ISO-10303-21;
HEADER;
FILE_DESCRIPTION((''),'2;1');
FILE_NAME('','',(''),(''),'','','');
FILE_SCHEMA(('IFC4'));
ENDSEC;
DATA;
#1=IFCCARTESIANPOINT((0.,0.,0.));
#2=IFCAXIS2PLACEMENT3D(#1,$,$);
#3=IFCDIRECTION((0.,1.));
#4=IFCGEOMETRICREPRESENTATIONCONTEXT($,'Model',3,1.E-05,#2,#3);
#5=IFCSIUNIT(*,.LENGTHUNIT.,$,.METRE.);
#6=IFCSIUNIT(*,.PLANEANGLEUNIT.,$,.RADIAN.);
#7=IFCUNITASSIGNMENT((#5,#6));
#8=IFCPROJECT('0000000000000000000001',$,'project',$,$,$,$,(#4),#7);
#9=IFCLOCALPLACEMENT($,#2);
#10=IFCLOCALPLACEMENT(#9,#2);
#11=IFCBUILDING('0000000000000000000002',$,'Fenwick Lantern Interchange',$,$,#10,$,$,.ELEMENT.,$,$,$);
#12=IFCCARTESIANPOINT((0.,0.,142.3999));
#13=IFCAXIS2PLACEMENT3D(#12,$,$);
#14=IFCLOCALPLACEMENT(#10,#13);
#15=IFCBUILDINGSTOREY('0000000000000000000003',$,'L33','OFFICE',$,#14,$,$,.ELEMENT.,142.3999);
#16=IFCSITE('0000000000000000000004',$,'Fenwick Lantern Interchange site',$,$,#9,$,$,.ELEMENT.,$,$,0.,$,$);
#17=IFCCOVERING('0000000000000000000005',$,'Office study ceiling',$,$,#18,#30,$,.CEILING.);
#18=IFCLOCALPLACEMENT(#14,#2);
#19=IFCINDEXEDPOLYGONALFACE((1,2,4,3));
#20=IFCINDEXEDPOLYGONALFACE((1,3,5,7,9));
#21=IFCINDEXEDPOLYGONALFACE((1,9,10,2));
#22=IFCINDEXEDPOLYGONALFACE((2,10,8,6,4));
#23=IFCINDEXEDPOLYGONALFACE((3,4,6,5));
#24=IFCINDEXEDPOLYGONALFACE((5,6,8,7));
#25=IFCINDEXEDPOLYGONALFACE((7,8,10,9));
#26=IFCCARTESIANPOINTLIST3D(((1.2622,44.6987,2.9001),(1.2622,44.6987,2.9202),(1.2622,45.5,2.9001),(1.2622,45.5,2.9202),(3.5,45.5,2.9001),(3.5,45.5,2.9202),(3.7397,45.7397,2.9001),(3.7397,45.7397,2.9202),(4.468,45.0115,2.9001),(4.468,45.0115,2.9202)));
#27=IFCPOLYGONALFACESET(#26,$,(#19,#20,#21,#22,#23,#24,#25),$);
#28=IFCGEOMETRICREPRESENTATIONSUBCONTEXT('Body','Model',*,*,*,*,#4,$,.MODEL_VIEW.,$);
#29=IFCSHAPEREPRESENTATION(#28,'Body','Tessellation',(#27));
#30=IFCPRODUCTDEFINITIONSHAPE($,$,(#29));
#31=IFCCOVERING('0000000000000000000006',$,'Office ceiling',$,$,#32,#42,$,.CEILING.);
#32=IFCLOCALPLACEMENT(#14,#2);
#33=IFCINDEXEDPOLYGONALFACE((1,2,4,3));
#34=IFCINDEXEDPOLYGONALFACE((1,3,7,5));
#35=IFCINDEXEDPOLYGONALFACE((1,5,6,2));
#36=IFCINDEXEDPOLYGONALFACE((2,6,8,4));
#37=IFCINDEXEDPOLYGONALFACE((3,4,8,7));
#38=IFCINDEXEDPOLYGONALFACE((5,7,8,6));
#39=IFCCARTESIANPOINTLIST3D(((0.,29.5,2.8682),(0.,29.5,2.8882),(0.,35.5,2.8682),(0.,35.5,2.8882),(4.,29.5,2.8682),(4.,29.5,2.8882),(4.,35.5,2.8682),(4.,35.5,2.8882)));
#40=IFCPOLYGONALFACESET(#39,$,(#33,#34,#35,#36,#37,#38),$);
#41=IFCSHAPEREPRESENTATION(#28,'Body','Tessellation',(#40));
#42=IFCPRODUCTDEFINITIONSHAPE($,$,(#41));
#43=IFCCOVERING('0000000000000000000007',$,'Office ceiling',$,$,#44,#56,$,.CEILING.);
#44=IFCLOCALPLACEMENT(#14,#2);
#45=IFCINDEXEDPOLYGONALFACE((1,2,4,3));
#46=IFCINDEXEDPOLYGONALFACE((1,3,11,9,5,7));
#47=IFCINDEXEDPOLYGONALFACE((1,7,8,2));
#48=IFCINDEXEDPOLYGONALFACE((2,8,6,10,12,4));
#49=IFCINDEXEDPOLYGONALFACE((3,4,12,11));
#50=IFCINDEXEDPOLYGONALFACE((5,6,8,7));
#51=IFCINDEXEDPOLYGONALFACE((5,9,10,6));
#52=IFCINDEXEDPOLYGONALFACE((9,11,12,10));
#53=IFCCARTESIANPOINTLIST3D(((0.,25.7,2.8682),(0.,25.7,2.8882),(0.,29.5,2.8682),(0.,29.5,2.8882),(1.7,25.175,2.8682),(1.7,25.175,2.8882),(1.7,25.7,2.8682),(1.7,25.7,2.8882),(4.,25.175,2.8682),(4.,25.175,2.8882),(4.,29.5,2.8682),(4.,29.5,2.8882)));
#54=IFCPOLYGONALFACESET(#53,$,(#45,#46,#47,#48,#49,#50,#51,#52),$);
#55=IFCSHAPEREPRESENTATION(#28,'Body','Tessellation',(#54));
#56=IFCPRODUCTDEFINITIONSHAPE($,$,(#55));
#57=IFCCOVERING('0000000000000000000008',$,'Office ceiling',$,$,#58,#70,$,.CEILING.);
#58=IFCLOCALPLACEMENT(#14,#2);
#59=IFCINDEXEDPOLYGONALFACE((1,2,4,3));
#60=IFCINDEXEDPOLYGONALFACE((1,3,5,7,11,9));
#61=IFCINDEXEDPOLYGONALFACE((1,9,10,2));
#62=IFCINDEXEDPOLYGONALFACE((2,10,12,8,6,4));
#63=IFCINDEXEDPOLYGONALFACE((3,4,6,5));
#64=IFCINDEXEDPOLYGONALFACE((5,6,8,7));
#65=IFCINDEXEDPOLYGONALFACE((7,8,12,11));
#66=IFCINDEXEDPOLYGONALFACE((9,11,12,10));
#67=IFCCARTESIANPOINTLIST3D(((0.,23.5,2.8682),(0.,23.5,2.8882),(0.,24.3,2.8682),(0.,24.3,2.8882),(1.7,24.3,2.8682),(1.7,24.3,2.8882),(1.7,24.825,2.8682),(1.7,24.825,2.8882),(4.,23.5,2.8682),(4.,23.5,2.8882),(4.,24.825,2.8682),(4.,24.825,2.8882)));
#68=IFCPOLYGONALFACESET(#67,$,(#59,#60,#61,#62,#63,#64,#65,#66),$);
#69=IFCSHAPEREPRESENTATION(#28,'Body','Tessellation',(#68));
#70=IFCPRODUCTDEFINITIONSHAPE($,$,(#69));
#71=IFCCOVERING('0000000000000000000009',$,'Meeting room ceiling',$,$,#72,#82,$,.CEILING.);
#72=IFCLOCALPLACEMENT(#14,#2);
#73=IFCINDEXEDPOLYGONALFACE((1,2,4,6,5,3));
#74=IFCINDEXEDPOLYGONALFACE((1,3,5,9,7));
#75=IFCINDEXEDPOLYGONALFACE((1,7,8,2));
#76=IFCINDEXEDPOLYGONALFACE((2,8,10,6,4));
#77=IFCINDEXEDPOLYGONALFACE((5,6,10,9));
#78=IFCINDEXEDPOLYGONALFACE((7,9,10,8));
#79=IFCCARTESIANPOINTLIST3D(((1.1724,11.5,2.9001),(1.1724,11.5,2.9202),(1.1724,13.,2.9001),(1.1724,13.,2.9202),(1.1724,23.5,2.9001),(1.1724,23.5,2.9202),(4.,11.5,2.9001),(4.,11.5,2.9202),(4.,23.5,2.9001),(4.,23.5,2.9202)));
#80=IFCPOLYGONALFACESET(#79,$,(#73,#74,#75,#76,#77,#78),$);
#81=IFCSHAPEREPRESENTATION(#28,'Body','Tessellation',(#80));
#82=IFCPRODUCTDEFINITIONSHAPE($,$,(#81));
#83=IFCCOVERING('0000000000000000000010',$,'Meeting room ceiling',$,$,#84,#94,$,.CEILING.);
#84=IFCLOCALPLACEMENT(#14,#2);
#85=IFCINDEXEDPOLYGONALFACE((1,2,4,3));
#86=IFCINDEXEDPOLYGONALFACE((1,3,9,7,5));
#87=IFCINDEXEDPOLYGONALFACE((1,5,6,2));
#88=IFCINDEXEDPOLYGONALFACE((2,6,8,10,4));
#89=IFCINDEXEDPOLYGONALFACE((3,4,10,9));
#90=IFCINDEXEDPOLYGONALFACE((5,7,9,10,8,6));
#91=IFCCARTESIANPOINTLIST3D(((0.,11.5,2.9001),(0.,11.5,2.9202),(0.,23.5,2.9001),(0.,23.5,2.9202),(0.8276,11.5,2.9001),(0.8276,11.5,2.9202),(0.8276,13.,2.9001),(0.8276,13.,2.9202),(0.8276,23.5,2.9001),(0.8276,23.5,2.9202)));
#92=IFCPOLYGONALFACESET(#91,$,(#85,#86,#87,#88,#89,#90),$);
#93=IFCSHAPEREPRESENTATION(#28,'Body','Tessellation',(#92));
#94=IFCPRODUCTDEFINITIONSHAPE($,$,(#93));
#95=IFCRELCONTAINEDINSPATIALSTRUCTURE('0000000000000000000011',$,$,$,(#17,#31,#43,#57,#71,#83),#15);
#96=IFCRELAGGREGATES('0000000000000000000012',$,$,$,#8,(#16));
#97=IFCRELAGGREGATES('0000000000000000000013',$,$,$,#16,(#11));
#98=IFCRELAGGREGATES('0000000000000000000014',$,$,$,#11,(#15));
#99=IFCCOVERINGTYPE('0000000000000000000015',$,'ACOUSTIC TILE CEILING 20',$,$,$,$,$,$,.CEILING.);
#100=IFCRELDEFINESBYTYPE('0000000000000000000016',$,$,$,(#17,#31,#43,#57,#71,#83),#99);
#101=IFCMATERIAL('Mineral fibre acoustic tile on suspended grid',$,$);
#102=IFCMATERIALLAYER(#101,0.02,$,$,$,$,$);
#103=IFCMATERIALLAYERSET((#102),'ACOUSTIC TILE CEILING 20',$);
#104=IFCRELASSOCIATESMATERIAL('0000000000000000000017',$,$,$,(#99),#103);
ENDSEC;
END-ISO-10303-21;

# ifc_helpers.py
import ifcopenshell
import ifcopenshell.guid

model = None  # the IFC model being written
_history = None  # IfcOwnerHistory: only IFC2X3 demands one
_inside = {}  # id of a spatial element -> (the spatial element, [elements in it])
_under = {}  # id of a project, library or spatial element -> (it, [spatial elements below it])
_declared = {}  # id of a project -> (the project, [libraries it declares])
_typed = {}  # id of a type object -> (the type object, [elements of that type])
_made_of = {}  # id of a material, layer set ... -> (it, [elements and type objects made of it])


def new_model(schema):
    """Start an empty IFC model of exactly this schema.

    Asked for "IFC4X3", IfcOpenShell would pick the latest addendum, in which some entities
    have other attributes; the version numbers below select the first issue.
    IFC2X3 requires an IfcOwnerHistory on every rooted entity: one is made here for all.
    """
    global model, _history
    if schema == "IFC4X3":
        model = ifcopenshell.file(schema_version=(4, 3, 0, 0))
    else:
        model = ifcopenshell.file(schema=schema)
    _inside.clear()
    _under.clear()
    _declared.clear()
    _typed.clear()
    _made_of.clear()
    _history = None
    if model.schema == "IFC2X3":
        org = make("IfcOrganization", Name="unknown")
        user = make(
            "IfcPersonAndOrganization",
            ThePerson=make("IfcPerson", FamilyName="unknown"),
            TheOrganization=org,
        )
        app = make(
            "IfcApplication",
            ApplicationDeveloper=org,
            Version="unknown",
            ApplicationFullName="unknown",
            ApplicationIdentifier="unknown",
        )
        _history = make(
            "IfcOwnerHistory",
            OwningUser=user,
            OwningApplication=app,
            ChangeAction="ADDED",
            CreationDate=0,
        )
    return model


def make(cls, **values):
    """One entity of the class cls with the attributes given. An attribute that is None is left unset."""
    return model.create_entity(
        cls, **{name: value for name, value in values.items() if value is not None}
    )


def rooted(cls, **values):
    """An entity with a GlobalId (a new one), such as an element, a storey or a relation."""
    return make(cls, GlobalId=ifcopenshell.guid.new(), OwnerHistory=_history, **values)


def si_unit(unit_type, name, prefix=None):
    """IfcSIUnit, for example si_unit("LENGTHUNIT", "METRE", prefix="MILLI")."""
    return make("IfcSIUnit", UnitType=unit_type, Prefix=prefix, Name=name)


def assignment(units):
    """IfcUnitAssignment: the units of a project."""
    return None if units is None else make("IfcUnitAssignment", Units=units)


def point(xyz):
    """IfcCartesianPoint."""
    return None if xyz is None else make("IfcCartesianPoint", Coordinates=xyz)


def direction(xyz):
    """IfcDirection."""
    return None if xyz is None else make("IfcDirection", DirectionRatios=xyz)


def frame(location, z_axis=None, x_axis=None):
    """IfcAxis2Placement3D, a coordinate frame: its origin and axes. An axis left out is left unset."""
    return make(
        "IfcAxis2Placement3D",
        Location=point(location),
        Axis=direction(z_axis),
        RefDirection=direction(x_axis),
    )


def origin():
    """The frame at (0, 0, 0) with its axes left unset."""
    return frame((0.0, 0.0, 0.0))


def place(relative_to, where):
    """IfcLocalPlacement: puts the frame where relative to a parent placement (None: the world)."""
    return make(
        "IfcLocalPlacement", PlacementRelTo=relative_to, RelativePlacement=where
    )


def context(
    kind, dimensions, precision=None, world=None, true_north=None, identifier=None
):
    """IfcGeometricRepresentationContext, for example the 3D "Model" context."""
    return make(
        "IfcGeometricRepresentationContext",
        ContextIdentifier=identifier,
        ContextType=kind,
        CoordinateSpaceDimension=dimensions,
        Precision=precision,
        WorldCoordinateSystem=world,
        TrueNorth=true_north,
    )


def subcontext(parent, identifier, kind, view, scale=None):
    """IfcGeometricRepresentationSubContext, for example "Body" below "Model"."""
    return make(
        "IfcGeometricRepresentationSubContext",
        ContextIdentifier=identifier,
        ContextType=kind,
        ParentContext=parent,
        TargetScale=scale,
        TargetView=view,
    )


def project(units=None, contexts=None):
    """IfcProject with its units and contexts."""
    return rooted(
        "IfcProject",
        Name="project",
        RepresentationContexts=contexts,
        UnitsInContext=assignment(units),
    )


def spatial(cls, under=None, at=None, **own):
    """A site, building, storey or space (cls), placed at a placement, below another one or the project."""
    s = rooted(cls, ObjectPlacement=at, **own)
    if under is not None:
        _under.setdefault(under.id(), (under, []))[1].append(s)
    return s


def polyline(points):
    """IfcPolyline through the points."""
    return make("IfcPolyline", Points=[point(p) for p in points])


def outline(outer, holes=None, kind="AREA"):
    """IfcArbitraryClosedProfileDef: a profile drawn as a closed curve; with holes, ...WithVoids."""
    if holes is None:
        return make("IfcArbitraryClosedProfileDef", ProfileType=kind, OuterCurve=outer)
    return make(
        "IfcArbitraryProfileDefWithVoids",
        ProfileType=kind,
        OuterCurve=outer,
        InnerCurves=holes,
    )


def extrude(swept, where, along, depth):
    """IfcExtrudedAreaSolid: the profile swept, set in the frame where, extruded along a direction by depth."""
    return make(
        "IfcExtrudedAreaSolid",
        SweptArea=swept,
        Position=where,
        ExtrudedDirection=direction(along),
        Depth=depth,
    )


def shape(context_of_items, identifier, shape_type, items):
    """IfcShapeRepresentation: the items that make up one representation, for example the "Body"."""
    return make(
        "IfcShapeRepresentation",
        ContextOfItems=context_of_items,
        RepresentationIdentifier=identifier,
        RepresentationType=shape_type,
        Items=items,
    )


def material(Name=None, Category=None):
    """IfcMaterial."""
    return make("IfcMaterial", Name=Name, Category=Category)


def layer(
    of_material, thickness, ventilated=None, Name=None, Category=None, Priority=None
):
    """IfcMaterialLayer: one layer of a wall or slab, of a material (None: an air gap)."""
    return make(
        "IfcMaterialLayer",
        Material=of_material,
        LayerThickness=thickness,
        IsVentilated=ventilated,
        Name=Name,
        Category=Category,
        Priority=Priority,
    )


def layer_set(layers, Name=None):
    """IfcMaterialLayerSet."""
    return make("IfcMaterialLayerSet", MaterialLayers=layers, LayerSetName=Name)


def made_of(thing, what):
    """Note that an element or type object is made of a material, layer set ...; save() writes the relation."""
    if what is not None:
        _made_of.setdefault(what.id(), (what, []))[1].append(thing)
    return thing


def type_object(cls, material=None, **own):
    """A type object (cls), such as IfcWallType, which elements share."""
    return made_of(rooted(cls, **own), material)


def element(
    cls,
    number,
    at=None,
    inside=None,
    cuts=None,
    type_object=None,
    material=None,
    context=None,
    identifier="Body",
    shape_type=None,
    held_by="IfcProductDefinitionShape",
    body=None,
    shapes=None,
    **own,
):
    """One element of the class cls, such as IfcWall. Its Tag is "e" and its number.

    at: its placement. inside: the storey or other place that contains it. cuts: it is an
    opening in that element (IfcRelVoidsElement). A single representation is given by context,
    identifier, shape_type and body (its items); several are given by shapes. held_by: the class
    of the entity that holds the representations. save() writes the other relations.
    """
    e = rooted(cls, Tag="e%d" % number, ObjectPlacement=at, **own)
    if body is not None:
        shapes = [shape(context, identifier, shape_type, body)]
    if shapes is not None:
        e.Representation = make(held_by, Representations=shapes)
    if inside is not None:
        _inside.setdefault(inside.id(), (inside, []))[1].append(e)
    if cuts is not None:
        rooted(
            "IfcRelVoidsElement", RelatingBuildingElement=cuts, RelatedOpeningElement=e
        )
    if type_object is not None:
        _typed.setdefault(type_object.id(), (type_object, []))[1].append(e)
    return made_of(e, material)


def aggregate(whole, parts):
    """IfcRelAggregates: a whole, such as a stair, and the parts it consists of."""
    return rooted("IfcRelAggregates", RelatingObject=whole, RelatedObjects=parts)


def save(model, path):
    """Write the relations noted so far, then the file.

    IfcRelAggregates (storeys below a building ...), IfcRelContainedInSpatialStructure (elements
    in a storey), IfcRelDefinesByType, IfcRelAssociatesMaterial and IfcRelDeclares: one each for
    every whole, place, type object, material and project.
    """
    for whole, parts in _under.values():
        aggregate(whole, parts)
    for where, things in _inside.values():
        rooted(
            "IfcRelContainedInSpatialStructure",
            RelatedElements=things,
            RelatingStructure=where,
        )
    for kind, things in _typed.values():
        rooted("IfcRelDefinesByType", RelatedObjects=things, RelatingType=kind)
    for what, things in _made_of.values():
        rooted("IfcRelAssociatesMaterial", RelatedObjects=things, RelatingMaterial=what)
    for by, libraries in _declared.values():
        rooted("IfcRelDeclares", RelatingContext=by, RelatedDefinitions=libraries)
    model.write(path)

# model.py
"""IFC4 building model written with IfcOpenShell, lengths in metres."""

from ifc_helpers import new_model, si_unit, direction, frame, origin, place, context, subcontext, project, spatial, polyline, outline, extrude, material, layer, layer_set, type_object, element, save


model = new_model("IFC4")

# Units and contexts
model_context = context("Model", 3, precision=1e-05, world=origin(), true_north=direction((0.0, 1.0)))
body_context = subcontext(model_context, "Body", "Model", "MODEL_VIEW")
ifc_project = project(units=[si_unit("LENGTHUNIT", "METRE"), si_unit("PLANEANGLEUNIT", "RADIAN")], contexts=[model_context])

# Site, building, storey
site_placement = place(None, origin())
site = spatial("IfcSite", under=ifc_project, at=site_placement, Name="Fenwick Lantern Interchange site", CompositionType="ELEMENT", RefElevation=0.0)
building_placement = place(site_placement, origin())
building = spatial("IfcBuilding", under=site, at=building_placement, Name="Fenwick Lantern Interchange", CompositionType="ELEMENT")
storey_placement = place(building_placement, frame((0.0, 0.0, 142.3999)))
storey = spatial("IfcBuildingStorey", under=building, at=storey_placement, Name="L33", Description="OFFICE", CompositionType="ELEMENT", Elevation=142.3999)

# Coverings
ifc_material_1 = material(Name="Mineral fibre acoustic tile on suspended grid")
ifc_layer_1 = layer(ifc_material_1, 0.02)
ifc_layer_set_1 = layer_set([ifc_layer_1], Name="ACOUSTIC TILE CEILING 20")
covering_type_1 = type_object("IfcCoveringType", Name="ACOUSTIC TILE CEILING 20", PredefinedType="CEILING", material=ifc_layer_set_1)
covering_1_placement = place(storey_placement, frame((0.0, 0.0, 2.9001)))
element("IfcCovering", 1, at=covering_1_placement, inside=storey, type_object=covering_type_1, Name="Office study ceiling", PredefinedType="CEILING", context=body_context, shape_type="SweptSolid", body=[
    extrude(outline(polyline([(1.2622, 45.5), (1.2622, 44.6987), (4.468, 45.0115), (3.7397, 45.7397), (3.5, 45.5), (1.2622, 45.5)])), origin(), (0.0, 0.0, 1.0), 0.02),
])
covering_2_placement = place(storey_placement, frame((0.0, 0.0, 2.8682)))
element("IfcCovering", 2, at=covering_2_placement, inside=storey, type_object=covering_type_1, Name="Office ceiling", PredefinedType="CEILING", context=body_context, shape_type="SweptSolid", body=[
    extrude(outline(polyline([(0.0, 35.5), (0.0, 29.5), (4.0, 29.5), (4.0, 35.5), (0.0, 35.5)])), origin(), (0.0, 0.0, 1.0), 0.02),
])
covering_3_placement = place(storey_placement, frame((0.0, 0.0, 2.8682)))
element("IfcCovering", 3, at=covering_3_placement, inside=storey, type_object=covering_type_1, Name="Office ceiling", PredefinedType="CEILING", context=body_context, shape_type="SweptSolid", body=[
    extrude(outline(polyline([(4.0, 29.5), (0.0, 29.5), (0.0, 25.7), (1.7, 25.7), (1.7, 25.175), (4.0, 25.175), (4.0, 29.5)])), origin(), (0.0, 0.0, 1.0), 0.02),
])
covering_4_placement = place(storey_placement, frame((0.0, 0.0, 2.8682)))
element("IfcCovering", 4, at=covering_4_placement, inside=storey, type_object=covering_type_1, Name="Office ceiling", PredefinedType="CEILING", context=body_context, shape_type="SweptSolid", body=[
    extrude(outline(polyline([(4.0, 23.5), (4.0, 24.825), (1.7, 24.825), (1.7, 24.3), (0.0, 24.3), (0.0, 23.5), (4.0, 23.5)])), origin(), (0.0, 0.0, 1.0), 0.02),
])
covering_5_placement = place(storey_placement, frame((0.0, 0.0, 2.9001)))
element("IfcCovering", 5, at=covering_5_placement, inside=storey, type_object=covering_type_1, Name="Meeting room ceiling", PredefinedType="CEILING", context=body_context, shape_type="SweptSolid", body=[
    extrude(outline(polyline([(4.0, 23.5), (1.1724, 23.5), (1.1724, 13.0), (1.1724, 11.5), (4.0, 11.5), (4.0, 23.5)])), origin(), (0.0, 0.0, 1.0), 0.02),
])
covering_6_placement = place(storey_placement, frame((0.0, 0.0, 2.9001)))
element("IfcCovering", 6, at=covering_6_placement, inside=storey, type_object=covering_type_1, Name="Meeting room ceiling", PredefinedType="CEILING", context=body_context, shape_type="SweptSolid", body=[
    extrude(outline(polyline([(0.8276, 23.5), (0.0, 23.5), (0.0, 11.5), (0.8276, 11.5), (0.8276, 13.0), (0.8276, 23.5)])), origin(), (0.0, 0.0, 1.0), 0.02),
])

save(model, "model.ifc")
